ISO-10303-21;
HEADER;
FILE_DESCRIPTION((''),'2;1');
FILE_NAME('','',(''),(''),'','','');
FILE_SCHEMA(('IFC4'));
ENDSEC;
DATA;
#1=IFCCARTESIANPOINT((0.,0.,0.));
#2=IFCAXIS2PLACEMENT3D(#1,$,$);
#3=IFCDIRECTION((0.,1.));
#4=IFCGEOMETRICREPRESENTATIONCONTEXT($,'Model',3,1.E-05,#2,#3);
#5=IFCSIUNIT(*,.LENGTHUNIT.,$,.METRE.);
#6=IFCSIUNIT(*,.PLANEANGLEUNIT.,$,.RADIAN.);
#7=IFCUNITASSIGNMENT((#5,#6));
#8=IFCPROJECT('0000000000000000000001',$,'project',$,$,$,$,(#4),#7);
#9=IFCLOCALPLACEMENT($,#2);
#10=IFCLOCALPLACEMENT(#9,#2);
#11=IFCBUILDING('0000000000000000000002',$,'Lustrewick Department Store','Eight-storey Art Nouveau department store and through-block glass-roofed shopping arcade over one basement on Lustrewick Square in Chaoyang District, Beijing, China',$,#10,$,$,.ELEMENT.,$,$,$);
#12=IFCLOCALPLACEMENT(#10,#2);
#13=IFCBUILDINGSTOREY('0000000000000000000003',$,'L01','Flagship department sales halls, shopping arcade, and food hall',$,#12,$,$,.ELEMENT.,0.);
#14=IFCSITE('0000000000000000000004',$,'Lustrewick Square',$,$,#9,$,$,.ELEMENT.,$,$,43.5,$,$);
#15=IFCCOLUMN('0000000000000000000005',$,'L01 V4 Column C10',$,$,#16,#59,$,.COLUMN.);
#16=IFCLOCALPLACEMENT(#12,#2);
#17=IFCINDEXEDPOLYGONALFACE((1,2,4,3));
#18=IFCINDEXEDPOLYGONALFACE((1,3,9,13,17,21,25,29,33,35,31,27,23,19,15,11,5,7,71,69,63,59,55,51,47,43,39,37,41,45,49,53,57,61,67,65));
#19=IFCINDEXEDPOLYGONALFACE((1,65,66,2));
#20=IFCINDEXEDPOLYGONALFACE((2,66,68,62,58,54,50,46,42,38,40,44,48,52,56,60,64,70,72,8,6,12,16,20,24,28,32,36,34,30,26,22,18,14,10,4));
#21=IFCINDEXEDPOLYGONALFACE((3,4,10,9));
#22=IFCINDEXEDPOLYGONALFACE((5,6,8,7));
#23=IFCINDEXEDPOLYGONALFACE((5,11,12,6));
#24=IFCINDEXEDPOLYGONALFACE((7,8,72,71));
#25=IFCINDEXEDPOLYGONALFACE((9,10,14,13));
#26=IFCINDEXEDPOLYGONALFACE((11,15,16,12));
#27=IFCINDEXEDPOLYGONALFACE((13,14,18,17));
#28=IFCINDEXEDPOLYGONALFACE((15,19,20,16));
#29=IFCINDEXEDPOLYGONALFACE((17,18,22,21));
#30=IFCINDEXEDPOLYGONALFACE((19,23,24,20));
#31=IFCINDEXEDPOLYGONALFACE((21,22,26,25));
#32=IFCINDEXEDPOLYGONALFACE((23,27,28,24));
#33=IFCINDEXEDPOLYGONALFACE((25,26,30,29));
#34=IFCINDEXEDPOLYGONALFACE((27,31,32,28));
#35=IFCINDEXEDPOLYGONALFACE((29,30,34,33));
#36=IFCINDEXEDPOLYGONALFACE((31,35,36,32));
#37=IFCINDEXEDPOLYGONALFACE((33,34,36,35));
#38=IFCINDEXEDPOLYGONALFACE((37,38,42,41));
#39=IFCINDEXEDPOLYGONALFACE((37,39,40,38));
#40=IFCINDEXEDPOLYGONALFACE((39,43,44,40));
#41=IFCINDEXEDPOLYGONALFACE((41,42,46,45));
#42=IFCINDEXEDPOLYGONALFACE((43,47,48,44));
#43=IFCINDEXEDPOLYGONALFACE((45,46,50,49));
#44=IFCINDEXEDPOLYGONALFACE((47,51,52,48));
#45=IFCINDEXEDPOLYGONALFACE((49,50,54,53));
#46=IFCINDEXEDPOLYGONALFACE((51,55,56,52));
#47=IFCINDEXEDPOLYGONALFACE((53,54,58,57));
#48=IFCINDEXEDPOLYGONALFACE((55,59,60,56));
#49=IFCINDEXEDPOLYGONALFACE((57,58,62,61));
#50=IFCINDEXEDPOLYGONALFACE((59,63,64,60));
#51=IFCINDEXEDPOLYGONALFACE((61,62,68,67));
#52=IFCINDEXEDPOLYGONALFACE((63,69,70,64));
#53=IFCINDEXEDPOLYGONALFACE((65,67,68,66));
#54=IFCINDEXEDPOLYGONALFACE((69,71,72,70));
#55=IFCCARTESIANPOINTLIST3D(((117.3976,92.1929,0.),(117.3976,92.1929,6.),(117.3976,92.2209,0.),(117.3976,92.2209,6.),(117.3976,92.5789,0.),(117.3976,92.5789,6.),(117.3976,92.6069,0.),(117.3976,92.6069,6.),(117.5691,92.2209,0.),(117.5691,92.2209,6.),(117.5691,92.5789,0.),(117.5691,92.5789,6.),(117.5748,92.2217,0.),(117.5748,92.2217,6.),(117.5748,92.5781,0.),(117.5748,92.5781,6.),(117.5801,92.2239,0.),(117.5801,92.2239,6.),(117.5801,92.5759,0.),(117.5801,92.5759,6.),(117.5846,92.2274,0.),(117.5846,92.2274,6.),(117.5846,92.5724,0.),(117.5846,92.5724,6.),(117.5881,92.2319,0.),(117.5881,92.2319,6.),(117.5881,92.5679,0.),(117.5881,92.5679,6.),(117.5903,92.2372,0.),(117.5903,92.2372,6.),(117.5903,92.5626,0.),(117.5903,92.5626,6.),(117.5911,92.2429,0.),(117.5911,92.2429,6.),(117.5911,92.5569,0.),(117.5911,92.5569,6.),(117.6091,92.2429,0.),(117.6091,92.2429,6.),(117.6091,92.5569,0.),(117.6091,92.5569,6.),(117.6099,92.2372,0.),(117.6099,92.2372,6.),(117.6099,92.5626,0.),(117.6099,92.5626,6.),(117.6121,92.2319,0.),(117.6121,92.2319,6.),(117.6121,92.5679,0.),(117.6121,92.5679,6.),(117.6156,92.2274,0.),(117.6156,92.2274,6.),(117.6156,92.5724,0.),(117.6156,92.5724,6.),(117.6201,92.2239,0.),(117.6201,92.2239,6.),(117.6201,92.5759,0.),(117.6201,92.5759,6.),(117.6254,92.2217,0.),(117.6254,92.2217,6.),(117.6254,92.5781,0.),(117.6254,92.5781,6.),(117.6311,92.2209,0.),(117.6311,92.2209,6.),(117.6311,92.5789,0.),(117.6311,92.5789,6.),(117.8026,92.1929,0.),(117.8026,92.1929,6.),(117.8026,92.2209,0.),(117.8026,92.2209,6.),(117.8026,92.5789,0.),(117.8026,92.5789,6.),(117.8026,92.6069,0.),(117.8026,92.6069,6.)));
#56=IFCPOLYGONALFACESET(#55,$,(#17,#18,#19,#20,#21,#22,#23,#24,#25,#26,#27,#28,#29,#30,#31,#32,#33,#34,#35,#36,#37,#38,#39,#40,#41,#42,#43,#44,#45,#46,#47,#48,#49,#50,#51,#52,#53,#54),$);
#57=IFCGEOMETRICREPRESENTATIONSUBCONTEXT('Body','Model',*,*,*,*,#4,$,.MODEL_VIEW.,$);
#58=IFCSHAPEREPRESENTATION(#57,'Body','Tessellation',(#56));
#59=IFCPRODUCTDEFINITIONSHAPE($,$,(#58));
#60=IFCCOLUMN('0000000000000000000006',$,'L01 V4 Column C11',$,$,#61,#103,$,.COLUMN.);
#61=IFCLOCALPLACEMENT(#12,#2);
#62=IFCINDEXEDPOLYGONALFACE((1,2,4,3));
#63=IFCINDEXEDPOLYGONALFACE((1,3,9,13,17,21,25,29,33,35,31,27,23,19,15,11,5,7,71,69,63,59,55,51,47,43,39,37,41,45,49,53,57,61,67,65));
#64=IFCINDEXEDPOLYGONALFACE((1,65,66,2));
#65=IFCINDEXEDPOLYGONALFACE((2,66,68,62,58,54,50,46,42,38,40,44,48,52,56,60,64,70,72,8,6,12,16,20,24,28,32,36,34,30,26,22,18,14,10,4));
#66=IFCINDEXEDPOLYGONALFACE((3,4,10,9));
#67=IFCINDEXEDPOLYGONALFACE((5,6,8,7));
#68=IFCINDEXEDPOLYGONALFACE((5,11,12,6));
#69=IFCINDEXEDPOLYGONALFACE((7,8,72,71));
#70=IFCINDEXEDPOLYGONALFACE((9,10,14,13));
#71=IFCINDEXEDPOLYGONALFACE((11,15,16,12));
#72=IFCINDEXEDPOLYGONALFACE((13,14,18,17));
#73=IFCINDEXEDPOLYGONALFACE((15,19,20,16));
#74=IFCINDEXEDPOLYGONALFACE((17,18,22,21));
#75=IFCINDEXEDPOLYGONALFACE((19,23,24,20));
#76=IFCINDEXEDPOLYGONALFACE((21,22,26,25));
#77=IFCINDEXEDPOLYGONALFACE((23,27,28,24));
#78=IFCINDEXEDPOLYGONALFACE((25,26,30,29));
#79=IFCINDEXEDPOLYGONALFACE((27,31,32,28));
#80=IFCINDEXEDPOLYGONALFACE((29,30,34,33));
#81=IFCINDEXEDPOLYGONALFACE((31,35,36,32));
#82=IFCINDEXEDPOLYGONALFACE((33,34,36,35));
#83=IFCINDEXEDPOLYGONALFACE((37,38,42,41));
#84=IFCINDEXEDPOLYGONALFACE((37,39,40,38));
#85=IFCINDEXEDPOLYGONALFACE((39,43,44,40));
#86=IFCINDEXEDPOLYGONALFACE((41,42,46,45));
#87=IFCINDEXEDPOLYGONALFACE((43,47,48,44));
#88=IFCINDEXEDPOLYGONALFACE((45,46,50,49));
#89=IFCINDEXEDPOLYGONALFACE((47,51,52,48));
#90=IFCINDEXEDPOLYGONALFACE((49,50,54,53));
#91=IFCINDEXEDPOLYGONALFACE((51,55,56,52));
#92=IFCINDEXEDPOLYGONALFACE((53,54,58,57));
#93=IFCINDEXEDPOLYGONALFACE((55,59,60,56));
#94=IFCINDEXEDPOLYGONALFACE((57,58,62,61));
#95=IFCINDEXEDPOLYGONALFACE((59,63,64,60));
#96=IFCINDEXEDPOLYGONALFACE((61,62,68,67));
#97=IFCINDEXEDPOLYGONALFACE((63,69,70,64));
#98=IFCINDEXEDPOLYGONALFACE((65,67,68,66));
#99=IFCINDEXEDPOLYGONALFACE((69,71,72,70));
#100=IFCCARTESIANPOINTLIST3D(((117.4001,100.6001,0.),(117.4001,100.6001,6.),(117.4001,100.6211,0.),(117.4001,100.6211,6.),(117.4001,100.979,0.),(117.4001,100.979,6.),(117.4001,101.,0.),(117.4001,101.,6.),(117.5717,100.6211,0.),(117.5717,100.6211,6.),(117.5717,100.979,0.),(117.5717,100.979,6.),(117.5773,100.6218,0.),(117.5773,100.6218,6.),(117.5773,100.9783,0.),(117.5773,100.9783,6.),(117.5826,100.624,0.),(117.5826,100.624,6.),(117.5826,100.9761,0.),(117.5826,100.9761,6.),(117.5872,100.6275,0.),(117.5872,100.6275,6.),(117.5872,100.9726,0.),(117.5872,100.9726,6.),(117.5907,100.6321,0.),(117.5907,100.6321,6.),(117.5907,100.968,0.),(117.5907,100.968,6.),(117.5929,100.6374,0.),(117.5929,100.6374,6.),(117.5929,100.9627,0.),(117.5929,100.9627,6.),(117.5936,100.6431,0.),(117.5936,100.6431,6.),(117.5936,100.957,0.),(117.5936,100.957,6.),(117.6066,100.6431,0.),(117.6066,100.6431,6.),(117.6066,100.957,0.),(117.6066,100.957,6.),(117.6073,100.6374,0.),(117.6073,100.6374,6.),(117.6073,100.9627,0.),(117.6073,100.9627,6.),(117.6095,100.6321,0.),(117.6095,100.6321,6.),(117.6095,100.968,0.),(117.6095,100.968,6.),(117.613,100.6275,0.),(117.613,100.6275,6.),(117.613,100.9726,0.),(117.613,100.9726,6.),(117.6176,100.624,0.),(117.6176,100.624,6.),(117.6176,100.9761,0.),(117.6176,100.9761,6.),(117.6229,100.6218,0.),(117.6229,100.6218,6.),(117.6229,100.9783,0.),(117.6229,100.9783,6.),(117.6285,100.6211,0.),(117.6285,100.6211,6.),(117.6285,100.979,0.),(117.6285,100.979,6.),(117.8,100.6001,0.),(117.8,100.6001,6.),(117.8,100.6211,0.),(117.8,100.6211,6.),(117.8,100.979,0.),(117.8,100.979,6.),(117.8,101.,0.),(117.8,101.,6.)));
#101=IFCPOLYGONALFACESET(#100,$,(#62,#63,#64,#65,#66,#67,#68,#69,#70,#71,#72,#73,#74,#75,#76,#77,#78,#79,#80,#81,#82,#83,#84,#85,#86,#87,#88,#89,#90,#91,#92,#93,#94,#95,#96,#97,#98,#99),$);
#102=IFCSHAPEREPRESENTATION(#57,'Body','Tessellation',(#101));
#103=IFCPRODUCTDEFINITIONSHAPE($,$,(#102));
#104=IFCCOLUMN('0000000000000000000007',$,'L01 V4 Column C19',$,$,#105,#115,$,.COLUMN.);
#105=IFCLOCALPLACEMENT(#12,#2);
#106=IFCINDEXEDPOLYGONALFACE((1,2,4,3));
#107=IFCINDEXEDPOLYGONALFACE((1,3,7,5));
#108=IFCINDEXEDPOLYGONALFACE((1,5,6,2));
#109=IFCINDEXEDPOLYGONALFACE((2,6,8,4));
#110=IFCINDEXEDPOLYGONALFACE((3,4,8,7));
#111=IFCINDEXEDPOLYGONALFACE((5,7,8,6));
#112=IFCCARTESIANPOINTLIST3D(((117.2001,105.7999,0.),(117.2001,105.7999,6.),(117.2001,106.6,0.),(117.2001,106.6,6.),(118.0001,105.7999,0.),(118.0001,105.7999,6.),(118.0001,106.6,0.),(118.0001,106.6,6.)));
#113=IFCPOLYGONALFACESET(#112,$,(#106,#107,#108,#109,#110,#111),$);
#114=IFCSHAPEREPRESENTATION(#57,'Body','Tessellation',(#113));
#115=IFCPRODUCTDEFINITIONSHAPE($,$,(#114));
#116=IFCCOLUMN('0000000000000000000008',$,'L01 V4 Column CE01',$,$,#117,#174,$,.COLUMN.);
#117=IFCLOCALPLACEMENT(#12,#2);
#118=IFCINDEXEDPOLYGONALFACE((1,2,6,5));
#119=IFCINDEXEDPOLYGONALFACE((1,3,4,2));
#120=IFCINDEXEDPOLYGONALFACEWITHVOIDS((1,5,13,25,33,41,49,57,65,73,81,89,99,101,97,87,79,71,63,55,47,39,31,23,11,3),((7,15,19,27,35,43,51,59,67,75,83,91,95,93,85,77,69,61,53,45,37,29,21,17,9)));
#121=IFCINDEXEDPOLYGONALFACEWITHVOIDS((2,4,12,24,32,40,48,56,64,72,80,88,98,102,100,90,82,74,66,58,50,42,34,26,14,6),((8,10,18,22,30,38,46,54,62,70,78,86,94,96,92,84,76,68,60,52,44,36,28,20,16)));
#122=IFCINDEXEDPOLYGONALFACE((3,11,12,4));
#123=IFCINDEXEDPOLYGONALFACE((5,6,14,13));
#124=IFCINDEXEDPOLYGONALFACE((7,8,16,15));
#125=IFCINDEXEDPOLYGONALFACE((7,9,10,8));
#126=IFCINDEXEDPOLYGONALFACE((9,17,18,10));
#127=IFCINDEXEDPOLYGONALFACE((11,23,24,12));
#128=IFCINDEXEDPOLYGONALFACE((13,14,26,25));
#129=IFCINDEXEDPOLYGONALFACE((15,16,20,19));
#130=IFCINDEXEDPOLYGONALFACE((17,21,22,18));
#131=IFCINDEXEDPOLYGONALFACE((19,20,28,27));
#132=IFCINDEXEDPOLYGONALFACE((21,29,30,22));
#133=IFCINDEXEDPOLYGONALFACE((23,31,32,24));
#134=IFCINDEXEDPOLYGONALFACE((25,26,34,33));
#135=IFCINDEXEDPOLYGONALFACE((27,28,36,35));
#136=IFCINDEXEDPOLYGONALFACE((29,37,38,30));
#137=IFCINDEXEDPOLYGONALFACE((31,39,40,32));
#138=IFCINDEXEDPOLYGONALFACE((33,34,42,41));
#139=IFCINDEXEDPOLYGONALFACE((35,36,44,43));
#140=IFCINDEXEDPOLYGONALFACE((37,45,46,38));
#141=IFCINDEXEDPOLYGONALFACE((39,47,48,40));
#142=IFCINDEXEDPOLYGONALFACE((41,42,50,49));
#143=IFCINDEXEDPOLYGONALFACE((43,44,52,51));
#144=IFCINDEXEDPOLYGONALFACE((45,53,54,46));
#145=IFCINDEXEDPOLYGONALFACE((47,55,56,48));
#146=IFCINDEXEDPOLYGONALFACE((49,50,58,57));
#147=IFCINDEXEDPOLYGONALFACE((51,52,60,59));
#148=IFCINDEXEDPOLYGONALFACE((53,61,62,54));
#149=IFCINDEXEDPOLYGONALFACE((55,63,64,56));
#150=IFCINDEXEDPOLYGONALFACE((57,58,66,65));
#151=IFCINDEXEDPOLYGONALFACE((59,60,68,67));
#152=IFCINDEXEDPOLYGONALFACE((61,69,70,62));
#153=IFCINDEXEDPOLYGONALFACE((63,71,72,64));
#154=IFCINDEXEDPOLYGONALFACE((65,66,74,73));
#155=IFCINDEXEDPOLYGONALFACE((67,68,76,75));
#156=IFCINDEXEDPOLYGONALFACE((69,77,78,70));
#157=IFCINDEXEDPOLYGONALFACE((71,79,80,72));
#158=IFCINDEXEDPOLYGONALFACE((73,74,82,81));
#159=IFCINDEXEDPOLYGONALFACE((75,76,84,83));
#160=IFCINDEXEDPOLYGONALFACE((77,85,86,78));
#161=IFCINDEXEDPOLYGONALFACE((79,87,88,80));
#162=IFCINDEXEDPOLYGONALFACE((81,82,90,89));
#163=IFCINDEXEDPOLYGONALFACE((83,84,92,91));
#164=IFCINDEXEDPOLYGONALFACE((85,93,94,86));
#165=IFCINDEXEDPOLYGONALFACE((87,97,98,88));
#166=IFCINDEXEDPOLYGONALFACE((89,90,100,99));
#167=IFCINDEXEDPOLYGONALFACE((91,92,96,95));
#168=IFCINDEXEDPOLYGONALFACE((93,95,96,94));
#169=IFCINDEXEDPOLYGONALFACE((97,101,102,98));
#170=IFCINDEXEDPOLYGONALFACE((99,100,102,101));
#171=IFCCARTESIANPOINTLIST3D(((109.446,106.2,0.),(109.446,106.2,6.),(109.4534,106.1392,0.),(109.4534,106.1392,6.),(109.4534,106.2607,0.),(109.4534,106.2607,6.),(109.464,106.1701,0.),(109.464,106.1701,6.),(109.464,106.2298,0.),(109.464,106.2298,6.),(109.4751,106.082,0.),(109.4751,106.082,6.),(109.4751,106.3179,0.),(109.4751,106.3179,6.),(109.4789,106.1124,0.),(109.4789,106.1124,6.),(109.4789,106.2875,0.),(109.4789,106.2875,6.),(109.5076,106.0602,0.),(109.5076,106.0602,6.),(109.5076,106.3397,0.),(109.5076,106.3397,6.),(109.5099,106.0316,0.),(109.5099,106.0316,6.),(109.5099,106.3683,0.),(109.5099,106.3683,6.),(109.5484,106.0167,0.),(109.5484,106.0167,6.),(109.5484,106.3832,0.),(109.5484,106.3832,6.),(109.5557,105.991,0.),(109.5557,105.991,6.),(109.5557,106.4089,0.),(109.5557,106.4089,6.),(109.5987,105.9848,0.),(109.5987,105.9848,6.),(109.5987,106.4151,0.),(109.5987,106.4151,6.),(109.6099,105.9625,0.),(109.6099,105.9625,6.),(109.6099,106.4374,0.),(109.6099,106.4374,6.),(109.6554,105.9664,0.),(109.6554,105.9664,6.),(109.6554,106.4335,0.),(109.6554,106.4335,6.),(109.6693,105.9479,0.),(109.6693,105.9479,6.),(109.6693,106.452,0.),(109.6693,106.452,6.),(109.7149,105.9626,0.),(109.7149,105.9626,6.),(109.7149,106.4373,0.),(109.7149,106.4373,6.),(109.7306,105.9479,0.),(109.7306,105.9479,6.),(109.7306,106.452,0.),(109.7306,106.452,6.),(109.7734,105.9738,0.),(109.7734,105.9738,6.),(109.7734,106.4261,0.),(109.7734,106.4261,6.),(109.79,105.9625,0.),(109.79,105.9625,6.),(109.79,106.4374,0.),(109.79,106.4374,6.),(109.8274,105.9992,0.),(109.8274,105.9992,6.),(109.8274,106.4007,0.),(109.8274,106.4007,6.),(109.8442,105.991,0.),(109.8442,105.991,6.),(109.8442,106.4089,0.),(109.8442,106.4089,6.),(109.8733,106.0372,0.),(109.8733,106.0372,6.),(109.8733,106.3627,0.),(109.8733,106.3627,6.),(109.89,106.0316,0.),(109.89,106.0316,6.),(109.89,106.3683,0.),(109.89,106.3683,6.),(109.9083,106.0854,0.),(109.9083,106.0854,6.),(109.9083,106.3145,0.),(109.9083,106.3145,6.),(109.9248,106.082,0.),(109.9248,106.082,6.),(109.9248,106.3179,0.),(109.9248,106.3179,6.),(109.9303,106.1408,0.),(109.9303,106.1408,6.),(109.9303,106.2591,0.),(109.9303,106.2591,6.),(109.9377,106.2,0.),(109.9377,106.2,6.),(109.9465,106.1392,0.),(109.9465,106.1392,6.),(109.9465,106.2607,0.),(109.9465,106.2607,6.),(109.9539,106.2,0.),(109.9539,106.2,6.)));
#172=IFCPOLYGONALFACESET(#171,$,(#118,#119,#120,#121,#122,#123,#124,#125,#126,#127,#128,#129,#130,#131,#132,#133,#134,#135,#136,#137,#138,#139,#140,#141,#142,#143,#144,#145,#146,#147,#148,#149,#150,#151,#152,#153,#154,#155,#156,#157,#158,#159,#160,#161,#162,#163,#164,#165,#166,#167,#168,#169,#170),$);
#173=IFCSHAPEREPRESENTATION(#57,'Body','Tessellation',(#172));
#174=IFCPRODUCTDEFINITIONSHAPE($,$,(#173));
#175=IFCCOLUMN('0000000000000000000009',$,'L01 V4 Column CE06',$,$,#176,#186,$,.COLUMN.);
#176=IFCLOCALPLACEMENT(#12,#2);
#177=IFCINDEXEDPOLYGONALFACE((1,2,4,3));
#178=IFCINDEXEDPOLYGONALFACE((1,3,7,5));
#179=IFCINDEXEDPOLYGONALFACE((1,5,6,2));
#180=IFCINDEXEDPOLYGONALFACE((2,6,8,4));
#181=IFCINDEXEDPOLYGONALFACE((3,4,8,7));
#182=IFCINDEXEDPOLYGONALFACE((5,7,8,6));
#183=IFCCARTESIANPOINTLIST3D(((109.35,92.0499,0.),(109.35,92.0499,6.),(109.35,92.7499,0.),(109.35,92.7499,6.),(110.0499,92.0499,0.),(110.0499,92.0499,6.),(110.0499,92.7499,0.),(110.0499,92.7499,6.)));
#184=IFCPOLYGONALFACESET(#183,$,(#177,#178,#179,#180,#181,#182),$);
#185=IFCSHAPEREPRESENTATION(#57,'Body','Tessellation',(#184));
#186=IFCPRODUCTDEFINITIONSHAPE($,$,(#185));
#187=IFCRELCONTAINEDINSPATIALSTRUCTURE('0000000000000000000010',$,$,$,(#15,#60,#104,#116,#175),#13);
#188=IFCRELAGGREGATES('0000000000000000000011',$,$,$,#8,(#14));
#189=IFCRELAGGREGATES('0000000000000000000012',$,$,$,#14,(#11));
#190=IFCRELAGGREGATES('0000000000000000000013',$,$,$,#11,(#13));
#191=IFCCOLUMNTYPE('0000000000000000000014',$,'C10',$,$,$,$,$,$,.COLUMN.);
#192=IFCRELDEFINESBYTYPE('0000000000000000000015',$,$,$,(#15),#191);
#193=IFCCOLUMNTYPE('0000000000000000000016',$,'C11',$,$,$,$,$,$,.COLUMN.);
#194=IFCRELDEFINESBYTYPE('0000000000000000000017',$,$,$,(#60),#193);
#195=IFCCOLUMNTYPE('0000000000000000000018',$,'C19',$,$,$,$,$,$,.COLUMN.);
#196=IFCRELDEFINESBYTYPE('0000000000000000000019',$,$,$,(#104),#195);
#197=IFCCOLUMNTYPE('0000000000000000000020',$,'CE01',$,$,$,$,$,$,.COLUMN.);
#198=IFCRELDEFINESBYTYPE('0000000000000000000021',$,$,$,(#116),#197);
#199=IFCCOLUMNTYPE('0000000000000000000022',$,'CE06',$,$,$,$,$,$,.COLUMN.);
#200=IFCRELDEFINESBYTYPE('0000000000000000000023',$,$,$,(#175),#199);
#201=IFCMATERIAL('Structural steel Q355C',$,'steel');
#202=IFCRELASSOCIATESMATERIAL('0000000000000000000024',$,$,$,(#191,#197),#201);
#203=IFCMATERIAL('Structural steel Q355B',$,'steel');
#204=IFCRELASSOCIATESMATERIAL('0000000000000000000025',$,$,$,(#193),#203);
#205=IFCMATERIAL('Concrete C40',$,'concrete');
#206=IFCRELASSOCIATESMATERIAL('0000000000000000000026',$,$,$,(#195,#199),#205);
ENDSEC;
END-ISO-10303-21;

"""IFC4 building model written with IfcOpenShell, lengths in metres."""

from ifc_helpers import new_model, si_unit, direction, frame, origin, origin_2d, place, context, subcontext, project, spatial, rectangle, hollow_circle, i_section, extrude, material, material_profile, profile_set, type_object, element, save


model = new_model("IFC4")

# Units and contexts
model_context = context("Model", 3, precision=1e-05, world=origin(), true_north=direction((0.0, 1.0)))
body_context = subcontext(model_context, "Body", "Model", "MODEL_VIEW")
ifc_project = project(units=[si_unit("LENGTHUNIT", "METRE"), si_unit("PLANEANGLEUNIT", "RADIAN")], contexts=[model_context])

# Site, building, storey
site_placement = place(None, origin())
site = spatial("IfcSite", under=ifc_project, at=site_placement, Name="Lustrewick Square", CompositionType="ELEMENT", RefElevation=43.5)
building_placement = place(site_placement, origin())
building = spatial("IfcBuilding", under=site, at=building_placement, Name="Lustrewick Department Store", Description="Eight-storey Art Nouveau department store and through-block glass-roofed shopping arcade over one basement on Lustrewick Square in Chaoyang District, Beijing, China", CompositionType="ELEMENT")
storey_placement = place(building_placement, origin())
storey = spatial("IfcBuildingStorey", under=building, at=storey_placement, Name="L01", Description="Flagship department sales halls, shopping arcade, and food hall", CompositionType="ELEMENT", Elevation=0.0)

# Columns
ifc_material_1 = material(Name="Structural steel Q355C", Category="steel")
ifc_material_profile_1 = material_profile(ifc_material_1, i_section(OverallWidth=0.405, OverallDepth=0.4141, WebThickness=0.0181, FlangeThickness=0.0281, FilletRadius=0.022, at=origin_2d()), Name="HW 414x405x18x28")
ifc_profile_set_1 = profile_set([ifc_material_profile_1], Name="Structural steel Q355C")
column_type_1 = type_object("IfcColumnType", Name="C10", PredefinedType="COLUMN", material=ifc_profile_set_1)
column_1_placement = place(storey_placement, frame((117.6001, 92.3999, 0.0), z_axis=(0.0, 0.0, 1.0), x_axis=(1.0, 0.0, 0.0)))
element("IfcColumn", 1, at=column_1_placement, inside=storey, type_object=column_type_1, Name="L01 V4 Column C10", PredefinedType="COLUMN", context=body_context, shape_type="SweptSolid", body=[
    extrude(i_section(OverallWidth=0.405, OverallDepth=0.4141, WebThickness=0.0181, FlangeThickness=0.0281, FilletRadius=0.022, at=origin_2d()), origin(), (0.0, 0.0, 1.0), 6.0),
])
ifc_material_2 = material(Name="Structural steel Q355B", Category="steel")
ifc_material_profile_2 = material_profile(ifc_material_2, i_section(OverallWidth=0.3999, OverallDepth=0.3999, WebThickness=0.0129, FlangeThickness=0.021, FilletRadius=0.022, at=origin_2d()), Name="HW 400x400x13x21")
ifc_profile_set_2 = profile_set([ifc_material_profile_2], Name="Structural steel Q355B")
column_type_2 = type_object("IfcColumnType", Name="C11", PredefinedType="COLUMN", material=ifc_profile_set_2)
column_2_placement = place(storey_placement, frame((117.6001, 100.8, 0.0), z_axis=(0.0, 0.0, 1.0), x_axis=(1.0, 0.0, 0.0)))
element("IfcColumn", 2, at=column_2_placement, inside=storey, type_object=column_type_2, Name="L01 V4 Column C11", PredefinedType="COLUMN", context=body_context, shape_type="SweptSolid", body=[
    extrude(i_section(OverallWidth=0.3999, OverallDepth=0.3999, WebThickness=0.0129, FlangeThickness=0.021, FilletRadius=0.022, at=origin_2d()), origin(), (0.0, 0.0, 1.0), 6.0),
])
ifc_material_3 = material(Name="Concrete C40", Category="concrete")
ifc_material_profile_3 = material_profile(ifc_material_3, rectangle(XDim=0.8, YDim=0.8, at=origin_2d()), Name="RC 800x800")
ifc_profile_set_3 = profile_set([ifc_material_profile_3], Name="Concrete C40")
column_type_3 = type_object("IfcColumnType", Name="C19", PredefinedType="COLUMN", material=ifc_profile_set_3)
column_3_placement = place(storey_placement, frame((117.6001, 106.2, 0.0), z_axis=(0.0, 0.0, 1.0), x_axis=(1.0, 0.0, 0.0)))
element("IfcColumn", 3, at=column_3_placement, inside=storey, type_object=column_type_3, Name="L01 V4 Column C19", PredefinedType="COLUMN", context=body_context, shape_type="SweptSolid", body=[
    extrude(rectangle(XDim=0.8, YDim=0.8, at=origin_2d()), origin(), (0.0, 0.0, 1.0), 6.0),
])
ifc_material_profile_4 = material_profile(ifc_material_1, hollow_circle(Radius=0.2539, WallThickness=0.0161, at=origin_2d()), Name="CHS 508x16")
ifc_profile_set_4 = profile_set([ifc_material_profile_4], Name="Structural steel Q355C")
column_type_4 = type_object("IfcColumnType", Name="CE01", PredefinedType="COLUMN", material=ifc_profile_set_4)
column_4_placement = place(storey_placement, frame((109.7, 106.2, 0.0), z_axis=(0.0, 0.0, 1.0), x_axis=(1.0, 0.0, 0.0)))
element("IfcColumn", 4, at=column_4_placement, inside=storey, type_object=column_type_4, Name="L01 V4 Column CE01", PredefinedType="COLUMN", context=body_context, shape_type="SweptSolid", body=[
    extrude(hollow_circle(Radius=0.2539, WallThickness=0.0161, at=origin_2d()), origin(), (0.0, 0.0, 1.0), 6.0),
])
ifc_material_profile_5 = material_profile(ifc_material_3, rectangle(XDim=0.7, YDim=0.7, at=origin_2d()), Name="RC 700x700")
ifc_profile_set_5 = profile_set([ifc_material_profile_5], Name="Concrete C40")
column_type_5 = type_object("IfcColumnType", Name="CE06", PredefinedType="COLUMN", material=ifc_profile_set_5)
column_5_placement = place(storey_placement, frame((109.7, 92.3999, 0.0), z_axis=(0.0, 0.0, 1.0), x_axis=(1.0, 0.0, 0.0)))
element("IfcColumn", 5, at=column_5_placement, inside=storey, type_object=column_type_5, Name="L01 V4 Column CE06", PredefinedType="COLUMN", context=body_context, shape_type="SweptSolid", body=[
    extrude(rectangle(XDim=0.7, YDim=0.7, at=origin_2d()), origin(), (0.0, 0.0, 1.0), 6.0),
])

save(model, "model.ifc")
